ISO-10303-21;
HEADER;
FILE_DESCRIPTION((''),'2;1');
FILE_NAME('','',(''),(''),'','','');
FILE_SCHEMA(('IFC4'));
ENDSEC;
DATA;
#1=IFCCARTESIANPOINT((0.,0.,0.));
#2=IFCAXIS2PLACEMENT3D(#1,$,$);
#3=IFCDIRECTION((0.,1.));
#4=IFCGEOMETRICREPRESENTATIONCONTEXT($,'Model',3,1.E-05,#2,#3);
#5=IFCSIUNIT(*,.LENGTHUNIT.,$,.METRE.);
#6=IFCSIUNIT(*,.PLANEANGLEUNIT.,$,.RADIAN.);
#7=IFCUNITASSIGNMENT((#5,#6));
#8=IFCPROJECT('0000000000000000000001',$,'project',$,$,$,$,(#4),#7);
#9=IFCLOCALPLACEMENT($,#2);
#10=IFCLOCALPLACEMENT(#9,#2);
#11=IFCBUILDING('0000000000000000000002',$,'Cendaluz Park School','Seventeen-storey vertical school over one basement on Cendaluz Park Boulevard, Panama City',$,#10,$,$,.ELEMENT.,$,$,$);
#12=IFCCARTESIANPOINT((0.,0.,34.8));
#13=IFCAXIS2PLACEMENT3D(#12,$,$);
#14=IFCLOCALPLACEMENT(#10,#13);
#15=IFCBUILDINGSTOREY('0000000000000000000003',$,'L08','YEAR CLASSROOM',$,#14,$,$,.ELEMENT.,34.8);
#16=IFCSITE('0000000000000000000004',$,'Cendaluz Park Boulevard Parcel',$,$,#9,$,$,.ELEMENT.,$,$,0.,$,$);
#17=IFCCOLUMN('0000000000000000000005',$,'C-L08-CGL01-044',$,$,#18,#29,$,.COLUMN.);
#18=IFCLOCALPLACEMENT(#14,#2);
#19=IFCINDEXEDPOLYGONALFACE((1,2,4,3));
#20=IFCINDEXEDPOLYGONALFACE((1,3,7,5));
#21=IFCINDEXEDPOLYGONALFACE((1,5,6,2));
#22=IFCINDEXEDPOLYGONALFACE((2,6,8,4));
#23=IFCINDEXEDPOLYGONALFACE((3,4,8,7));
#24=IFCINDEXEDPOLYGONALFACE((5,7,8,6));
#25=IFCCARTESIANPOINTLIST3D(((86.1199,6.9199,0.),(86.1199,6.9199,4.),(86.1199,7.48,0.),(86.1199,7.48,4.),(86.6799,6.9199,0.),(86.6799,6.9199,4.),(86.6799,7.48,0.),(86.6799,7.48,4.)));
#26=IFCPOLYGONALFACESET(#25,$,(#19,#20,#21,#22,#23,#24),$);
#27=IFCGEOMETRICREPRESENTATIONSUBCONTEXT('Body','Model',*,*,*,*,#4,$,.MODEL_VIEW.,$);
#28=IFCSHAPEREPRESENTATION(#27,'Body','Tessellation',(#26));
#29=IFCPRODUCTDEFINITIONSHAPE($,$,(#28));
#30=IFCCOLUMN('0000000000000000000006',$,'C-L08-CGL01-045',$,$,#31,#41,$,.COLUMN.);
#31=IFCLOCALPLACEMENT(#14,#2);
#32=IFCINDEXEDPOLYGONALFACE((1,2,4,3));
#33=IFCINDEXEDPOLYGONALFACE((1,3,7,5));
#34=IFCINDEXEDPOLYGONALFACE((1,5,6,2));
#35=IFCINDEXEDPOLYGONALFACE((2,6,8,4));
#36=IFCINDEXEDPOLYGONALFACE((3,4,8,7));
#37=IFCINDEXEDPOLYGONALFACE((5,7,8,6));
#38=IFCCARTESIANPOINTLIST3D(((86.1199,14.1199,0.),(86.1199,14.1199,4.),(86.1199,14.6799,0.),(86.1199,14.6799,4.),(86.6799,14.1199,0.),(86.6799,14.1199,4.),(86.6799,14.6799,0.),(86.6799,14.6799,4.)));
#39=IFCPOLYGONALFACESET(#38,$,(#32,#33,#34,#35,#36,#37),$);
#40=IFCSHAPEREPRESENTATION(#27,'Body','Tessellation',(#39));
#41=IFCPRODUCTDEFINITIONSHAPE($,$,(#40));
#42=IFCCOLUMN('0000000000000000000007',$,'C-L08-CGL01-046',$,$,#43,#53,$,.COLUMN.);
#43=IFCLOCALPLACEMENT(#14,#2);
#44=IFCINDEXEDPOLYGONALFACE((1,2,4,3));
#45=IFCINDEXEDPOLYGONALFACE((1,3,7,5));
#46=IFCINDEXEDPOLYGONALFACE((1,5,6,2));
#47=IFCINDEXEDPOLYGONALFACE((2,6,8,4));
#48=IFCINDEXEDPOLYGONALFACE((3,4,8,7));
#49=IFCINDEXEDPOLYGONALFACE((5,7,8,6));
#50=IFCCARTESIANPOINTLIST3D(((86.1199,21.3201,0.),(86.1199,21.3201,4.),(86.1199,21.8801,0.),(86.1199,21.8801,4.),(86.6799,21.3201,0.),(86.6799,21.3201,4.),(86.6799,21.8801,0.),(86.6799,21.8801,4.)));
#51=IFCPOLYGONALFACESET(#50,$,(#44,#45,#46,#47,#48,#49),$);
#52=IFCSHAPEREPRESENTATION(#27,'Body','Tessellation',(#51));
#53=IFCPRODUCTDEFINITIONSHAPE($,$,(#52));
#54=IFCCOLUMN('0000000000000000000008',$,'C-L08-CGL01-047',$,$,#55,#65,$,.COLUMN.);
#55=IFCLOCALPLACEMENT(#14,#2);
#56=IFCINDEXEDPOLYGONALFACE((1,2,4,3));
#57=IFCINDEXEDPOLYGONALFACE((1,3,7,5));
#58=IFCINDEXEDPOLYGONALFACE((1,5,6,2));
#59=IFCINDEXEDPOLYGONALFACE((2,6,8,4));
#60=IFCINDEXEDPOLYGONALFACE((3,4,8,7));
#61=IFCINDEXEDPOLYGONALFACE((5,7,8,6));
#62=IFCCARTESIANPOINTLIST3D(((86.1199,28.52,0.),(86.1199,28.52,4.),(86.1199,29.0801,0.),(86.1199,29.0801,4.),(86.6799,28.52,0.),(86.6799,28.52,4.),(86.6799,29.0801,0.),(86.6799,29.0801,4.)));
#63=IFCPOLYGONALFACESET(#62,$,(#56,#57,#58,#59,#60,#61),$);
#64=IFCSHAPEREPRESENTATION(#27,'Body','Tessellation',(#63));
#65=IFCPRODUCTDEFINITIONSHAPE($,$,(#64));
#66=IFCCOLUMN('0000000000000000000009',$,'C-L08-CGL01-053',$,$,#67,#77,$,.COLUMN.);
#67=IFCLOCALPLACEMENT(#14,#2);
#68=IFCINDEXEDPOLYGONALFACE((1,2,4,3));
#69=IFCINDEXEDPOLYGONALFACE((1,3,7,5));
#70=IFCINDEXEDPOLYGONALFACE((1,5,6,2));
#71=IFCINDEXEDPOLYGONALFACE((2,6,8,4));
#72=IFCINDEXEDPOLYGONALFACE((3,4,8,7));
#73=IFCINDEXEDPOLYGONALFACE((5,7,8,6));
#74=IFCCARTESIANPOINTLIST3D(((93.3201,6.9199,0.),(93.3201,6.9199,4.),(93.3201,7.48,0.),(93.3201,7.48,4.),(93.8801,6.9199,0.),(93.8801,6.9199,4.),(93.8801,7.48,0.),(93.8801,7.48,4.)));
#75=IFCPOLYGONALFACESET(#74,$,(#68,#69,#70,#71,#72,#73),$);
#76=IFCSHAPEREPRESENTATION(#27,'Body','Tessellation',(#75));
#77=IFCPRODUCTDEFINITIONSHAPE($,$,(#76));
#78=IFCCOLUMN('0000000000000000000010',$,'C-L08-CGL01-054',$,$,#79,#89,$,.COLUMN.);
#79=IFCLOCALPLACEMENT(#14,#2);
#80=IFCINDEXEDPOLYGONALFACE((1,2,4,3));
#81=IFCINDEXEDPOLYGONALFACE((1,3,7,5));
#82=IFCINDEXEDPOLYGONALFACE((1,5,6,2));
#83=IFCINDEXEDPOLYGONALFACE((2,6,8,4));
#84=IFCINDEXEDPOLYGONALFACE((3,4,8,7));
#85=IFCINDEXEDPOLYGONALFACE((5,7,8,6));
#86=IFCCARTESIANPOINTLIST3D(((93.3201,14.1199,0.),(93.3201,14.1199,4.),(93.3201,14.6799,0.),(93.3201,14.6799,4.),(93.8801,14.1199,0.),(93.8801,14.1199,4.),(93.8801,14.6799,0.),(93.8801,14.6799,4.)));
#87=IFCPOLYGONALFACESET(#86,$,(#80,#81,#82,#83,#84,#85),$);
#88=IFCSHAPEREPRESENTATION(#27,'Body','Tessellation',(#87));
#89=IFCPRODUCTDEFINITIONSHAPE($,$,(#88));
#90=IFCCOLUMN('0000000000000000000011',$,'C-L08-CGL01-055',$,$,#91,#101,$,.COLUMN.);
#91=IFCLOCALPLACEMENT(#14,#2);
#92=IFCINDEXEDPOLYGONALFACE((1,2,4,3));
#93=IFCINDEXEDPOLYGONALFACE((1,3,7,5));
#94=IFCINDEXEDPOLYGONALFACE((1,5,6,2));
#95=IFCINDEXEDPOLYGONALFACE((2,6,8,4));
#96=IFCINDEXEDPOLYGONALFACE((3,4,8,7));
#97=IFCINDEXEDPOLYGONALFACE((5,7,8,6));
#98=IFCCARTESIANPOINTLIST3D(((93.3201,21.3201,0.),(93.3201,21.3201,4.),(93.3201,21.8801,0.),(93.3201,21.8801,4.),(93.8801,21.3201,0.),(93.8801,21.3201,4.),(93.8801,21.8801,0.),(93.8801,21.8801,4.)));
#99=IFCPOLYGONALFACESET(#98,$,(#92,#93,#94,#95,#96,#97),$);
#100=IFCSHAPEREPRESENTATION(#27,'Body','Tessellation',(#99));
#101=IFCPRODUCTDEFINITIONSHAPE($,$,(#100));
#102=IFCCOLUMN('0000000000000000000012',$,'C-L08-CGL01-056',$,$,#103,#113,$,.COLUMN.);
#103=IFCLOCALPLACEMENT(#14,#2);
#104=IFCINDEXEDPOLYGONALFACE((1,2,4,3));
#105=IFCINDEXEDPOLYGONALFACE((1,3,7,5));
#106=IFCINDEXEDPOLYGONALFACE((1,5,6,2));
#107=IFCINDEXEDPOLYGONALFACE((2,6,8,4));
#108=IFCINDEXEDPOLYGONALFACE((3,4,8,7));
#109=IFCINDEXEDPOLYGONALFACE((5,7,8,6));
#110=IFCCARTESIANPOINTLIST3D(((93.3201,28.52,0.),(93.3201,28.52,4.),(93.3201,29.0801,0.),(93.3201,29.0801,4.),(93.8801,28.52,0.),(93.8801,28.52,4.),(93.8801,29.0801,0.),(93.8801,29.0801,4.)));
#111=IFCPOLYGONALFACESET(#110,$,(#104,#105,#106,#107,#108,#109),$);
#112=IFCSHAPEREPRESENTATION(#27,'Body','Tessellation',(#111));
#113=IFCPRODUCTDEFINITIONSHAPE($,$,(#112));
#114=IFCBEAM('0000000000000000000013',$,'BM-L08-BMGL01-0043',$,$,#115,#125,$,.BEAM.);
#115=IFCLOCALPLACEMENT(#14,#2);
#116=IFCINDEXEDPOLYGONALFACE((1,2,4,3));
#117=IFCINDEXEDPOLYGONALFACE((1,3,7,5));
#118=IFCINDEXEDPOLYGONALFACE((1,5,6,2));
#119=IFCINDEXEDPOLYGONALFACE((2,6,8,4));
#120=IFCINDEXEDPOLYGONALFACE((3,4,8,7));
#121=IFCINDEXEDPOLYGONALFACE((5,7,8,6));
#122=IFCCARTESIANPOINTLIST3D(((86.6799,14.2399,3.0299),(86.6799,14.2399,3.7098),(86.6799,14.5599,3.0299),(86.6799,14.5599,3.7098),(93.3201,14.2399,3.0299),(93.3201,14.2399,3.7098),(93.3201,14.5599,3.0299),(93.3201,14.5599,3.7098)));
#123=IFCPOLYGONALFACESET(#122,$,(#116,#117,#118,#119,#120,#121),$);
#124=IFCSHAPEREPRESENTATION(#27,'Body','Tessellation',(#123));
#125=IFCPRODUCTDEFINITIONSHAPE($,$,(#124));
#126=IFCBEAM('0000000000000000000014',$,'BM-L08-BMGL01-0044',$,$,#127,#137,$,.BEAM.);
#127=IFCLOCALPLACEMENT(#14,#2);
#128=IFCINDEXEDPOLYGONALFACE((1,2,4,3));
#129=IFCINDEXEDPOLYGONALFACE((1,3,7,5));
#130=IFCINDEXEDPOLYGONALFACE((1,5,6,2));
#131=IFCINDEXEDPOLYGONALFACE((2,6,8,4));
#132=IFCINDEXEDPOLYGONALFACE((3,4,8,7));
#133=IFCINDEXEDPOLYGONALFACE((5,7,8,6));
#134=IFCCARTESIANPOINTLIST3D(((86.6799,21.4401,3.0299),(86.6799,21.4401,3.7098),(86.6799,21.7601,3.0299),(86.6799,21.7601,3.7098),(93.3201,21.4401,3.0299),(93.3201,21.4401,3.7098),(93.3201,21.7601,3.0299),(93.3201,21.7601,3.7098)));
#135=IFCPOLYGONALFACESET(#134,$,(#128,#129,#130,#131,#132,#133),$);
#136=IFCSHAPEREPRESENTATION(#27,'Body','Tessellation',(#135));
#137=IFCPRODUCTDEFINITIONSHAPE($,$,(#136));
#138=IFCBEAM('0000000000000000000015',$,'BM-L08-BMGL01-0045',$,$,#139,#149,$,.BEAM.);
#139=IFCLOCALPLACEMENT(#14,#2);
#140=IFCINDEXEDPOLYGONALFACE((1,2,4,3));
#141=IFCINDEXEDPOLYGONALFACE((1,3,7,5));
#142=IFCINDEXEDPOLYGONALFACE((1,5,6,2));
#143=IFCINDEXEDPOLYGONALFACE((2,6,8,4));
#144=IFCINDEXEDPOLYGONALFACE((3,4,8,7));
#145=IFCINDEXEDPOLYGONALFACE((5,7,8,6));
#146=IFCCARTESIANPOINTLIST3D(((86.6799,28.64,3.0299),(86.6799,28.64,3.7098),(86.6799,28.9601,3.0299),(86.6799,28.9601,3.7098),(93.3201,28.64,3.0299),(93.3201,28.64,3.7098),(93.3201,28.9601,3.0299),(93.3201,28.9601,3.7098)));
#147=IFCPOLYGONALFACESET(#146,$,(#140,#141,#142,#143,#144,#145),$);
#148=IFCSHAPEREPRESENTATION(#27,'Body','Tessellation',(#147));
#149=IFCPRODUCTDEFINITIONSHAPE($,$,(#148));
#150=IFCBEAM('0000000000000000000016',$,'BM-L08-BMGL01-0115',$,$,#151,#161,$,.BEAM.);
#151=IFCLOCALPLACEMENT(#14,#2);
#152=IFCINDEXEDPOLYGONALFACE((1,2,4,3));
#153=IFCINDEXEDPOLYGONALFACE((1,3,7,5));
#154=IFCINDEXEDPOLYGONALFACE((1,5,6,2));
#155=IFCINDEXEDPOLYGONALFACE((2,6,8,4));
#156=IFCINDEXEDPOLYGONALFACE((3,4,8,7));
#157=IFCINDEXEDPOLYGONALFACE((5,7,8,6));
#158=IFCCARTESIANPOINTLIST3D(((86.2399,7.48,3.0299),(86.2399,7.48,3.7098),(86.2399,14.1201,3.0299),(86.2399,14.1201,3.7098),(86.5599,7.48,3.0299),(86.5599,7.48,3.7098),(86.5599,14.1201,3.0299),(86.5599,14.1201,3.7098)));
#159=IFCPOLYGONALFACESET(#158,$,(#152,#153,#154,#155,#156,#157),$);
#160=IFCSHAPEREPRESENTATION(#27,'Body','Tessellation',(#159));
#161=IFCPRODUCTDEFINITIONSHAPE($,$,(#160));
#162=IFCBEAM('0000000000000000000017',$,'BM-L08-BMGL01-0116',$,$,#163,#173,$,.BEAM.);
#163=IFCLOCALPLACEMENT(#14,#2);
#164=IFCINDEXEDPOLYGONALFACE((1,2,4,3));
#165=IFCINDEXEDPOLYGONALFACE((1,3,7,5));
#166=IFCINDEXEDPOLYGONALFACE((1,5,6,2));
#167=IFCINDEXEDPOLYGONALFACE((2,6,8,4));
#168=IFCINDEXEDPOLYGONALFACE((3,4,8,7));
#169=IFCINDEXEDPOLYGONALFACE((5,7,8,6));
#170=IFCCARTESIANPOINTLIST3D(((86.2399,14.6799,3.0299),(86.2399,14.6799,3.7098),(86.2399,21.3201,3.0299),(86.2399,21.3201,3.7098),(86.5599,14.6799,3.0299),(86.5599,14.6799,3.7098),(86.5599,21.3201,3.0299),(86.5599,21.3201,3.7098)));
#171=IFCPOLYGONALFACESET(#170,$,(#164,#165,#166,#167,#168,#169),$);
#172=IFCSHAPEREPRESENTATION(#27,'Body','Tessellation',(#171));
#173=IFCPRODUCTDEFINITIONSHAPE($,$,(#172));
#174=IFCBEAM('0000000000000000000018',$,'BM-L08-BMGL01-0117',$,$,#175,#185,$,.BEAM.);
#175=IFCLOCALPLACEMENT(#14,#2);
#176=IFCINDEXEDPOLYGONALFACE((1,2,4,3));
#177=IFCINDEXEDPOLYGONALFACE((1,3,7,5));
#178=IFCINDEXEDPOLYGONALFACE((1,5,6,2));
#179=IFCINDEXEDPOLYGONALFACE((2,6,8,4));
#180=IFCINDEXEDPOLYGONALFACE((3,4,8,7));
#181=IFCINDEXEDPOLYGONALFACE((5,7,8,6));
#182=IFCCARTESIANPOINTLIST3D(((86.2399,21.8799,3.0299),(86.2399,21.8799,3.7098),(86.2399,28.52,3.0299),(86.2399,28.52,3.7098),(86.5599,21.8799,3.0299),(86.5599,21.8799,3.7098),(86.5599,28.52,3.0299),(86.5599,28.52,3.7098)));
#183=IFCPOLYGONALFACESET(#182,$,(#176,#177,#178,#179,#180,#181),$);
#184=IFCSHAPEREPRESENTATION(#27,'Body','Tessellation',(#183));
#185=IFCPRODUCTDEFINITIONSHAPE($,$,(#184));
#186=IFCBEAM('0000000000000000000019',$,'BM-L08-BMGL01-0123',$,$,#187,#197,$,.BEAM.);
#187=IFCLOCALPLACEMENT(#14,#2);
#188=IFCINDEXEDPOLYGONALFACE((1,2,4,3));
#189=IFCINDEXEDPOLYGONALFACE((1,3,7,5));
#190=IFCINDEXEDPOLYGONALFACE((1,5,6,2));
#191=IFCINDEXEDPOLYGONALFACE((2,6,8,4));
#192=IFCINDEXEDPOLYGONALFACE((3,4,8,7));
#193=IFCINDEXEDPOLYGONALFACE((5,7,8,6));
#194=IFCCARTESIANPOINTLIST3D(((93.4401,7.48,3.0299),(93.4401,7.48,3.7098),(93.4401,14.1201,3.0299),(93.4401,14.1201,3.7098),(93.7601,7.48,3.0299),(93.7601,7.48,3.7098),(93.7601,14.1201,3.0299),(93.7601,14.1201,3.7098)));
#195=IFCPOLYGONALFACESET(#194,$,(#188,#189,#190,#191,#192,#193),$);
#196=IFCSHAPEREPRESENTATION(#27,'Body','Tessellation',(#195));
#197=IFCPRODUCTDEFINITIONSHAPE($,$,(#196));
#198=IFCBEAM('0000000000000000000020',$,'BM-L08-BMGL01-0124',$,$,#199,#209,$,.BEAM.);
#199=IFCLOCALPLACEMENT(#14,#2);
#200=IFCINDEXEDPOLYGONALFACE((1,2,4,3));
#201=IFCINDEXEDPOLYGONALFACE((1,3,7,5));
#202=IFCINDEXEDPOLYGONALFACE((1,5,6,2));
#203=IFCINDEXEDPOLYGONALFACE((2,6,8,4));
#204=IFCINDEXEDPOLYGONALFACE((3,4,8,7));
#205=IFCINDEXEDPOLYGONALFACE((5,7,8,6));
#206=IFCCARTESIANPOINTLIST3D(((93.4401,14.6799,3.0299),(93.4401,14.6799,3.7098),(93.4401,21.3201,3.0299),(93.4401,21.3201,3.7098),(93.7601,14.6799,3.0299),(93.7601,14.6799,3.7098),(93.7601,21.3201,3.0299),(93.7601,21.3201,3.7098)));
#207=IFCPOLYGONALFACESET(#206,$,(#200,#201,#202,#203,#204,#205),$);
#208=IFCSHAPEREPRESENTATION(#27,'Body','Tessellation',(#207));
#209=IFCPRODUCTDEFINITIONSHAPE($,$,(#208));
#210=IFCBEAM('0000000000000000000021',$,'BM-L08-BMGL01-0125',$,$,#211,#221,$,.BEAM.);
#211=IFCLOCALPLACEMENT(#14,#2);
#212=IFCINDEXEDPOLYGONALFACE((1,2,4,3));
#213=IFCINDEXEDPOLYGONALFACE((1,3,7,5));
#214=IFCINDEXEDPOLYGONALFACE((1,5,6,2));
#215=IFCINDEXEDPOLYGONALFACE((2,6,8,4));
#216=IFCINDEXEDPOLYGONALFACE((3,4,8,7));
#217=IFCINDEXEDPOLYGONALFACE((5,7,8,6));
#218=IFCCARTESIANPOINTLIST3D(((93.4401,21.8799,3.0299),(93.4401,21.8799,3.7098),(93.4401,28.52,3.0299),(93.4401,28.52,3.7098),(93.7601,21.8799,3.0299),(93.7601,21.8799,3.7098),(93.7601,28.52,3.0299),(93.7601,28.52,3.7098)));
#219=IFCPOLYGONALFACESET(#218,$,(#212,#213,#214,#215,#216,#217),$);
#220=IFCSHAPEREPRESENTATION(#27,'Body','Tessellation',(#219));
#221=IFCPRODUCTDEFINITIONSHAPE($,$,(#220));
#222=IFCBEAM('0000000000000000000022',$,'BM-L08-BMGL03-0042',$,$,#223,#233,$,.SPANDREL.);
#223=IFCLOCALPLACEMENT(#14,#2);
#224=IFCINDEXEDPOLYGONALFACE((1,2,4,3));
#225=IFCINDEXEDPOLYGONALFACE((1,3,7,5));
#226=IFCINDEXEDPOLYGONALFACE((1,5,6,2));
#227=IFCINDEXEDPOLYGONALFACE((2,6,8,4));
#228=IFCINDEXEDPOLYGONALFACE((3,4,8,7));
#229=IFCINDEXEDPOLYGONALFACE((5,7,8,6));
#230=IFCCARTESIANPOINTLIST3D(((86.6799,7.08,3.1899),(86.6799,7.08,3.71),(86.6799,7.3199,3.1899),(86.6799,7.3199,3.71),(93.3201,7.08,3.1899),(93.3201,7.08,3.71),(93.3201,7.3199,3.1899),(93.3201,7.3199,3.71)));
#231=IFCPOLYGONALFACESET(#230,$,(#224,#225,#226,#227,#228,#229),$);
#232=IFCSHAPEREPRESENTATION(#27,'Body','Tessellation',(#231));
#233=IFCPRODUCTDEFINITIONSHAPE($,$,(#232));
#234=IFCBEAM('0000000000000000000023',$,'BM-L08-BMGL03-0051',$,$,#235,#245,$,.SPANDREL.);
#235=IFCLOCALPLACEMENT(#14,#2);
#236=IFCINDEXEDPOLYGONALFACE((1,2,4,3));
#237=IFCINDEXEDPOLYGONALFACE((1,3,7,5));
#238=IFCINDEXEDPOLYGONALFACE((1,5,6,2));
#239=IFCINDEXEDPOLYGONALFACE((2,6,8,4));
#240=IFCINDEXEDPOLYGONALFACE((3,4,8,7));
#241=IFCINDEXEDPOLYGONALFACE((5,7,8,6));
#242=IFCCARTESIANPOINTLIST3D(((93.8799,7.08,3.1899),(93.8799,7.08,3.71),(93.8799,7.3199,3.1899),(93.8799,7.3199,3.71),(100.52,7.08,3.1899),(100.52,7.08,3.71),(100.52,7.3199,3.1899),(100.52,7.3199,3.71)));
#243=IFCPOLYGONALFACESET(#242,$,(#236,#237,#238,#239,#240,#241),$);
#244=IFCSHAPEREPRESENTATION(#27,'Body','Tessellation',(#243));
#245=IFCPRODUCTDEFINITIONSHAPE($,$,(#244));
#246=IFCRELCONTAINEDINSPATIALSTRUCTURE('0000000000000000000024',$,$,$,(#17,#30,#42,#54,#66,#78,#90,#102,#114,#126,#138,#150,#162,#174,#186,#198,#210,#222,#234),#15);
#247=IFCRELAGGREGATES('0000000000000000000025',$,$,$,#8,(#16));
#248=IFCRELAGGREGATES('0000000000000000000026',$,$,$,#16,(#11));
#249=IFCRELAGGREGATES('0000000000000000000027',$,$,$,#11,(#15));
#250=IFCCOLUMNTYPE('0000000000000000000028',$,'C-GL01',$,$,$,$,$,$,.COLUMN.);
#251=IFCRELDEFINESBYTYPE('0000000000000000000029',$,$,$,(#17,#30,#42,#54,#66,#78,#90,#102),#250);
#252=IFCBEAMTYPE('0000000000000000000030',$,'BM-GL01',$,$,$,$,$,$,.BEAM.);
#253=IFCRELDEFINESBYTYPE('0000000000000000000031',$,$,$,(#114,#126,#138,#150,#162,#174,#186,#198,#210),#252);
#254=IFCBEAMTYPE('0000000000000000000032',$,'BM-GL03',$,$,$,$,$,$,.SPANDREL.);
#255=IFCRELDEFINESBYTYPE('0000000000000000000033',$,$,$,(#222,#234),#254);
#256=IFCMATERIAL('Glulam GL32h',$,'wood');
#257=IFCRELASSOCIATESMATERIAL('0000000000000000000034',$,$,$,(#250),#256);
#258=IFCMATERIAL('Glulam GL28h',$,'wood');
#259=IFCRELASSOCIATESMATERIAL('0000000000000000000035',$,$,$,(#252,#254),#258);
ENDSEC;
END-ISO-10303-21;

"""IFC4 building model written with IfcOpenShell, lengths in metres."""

from ifc_helpers import new_model, si_unit, direction, frame, origin, origin_2d, place, context, subcontext, project, spatial, rectangle, extrude, material, material_profile, profile_set, type_object, element, save


model = new_model("IFC4")

# Units and contexts
model_context = context("Model", 3, precision=1e-05, world=origin(), true_north=direction((0.0, 1.0)))
body_context = subcontext(model_context, "Body", "Model", "MODEL_VIEW")
ifc_project = project(units=[si_unit("LENGTHUNIT", "METRE"), si_unit("PLANEANGLEUNIT", "RADIAN")], contexts=[model_context])

# Site, building, storey
site_placement = place(None, origin())
site = spatial("IfcSite", under=ifc_project, at=site_placement, Name="Cendaluz Park Boulevard Parcel", CompositionType="ELEMENT", RefElevation=0.0)
building_placement = place(site_placement, origin())
building = spatial("IfcBuilding", under=site, at=building_placement, Name="Cendaluz Park School", Description="Seventeen-storey vertical school over one basement on Cendaluz Park Boulevard, Panama City", CompositionType="ELEMENT")
storey_placement = place(building_placement, frame((0.0, 0.0, 34.8)))
storey = spatial("IfcBuildingStorey", under=building, at=storey_placement, Name="L08", Description="YEAR CLASSROOM", CompositionType="ELEMENT", Elevation=34.8)

# Columns
ifc_material_1 = material(Name="Glulam GL32h", Category="wood")
ifc_material_profile_1 = material_profile(ifc_material_1, rectangle(XDim=0.5601, YDim=0.5601, at=origin_2d()), Name="GL32h 560x560", Category="wood")
ifc_profile_set_1 = profile_set([ifc_material_profile_1], Name="Glulam GL32h")
column_type = type_object("IfcColumnType", Name="C-GL01", PredefinedType="COLUMN", material=ifc_profile_set_1)
for number, where, z_axis, x_axis, name in (
    (1, (86.3999, 7.2, 0.0), (0.0, 0.0, 1.0), (1.0, 0.0, 0.0), "C-L08-CGL01-044"),
    (2, (86.3999, 14.3999, 0.0), (0.0, 0.0, 1.0), (1.0, 0.0, 0.0), "C-L08-CGL01-045"),
    (3, (86.3999, 21.6001, 0.0), (0.0, 0.0, 1.0), (1.0, 0.0, 0.0), "C-L08-CGL01-046"),
    (4, (86.3999, 28.8, 0.0), (0.0, 0.0, 1.0), (1.0, 0.0, 0.0), "C-L08-CGL01-047"),
    (5, (93.6001, 7.2, 0.0), (0.0, 0.0, 1.0), (1.0, 0.0, 0.0), "C-L08-CGL01-053"),
    (6, (93.6001, 14.3999, 0.0), (0.0, 0.0, 1.0), (1.0, 0.0, 0.0), "C-L08-CGL01-054"),
    (7, (93.6001, 21.6001, 0.0), (0.0, 0.0, 1.0), (1.0, 0.0, 0.0), "C-L08-CGL01-055"),
    (8, (93.6001, 28.8, 0.0), (0.0, 0.0, 1.0), (1.0, 0.0, 0.0), "C-L08-CGL01-056"),
):
    element("IfcColumn", number, at=place(storey_placement, frame(where, z_axis=z_axis, x_axis=x_axis)), inside=storey, type_object=column_type, Name=name, PredefinedType="COLUMN", context=body_context, shape_type="SweptSolid", body=[
        extrude(rectangle(XDim=0.5601, YDim=0.5601, at=origin_2d()), origin(), (0.0, 0.0, 1.0), 4.0),
    ])

# Beams
ifc_material_2 = material(Name="Glulam GL28h", Category="wood")
ifc_material_profile_2 = material_profile(ifc_material_2, rectangle(XDim=0.3201, YDim=0.6799, at=origin_2d()), Name="GL28h 320x680", Category="wood")
ifc_profile_set_2 = profile_set([ifc_material_profile_2], Name="Glulam GL28h")
beam_type_1 = type_object("IfcBeamType", Name="BM-GL01", PredefinedType="BEAM", material=ifc_profile_set_2)
for number, where, z_axis, x_axis, name in (
    (9, (86.6799, 14.3999, 3.3699), (1.0, 0.0, 0.0), (0.0, 1.0, 0.0), "BM-L08-BMGL01-0043"),
    (10, (86.6799, 21.6001, 3.3699), (1.0, 0.0, 0.0), (0.0, 1.0, 0.0), "BM-L08-BMGL01-0044"),
    (11, (86.6799, 28.8, 3.3699), (1.0, 0.0, 0.0), (0.0, 1.0, 0.0), "BM-L08-BMGL01-0045"),
    (12, (86.3999, 7.48, 3.3699), (0.0, 1.0, 0.0), (-1.0, 0.0, 0.0), "BM-L08-BMGL01-0115"),
    (13, (86.3999, 14.6799, 3.3699), (0.0, 1.0, 0.0), (-1.0, 0.0, 0.0), "BM-L08-BMGL01-0116"),
    (14, (86.3999, 21.8799, 3.3699), (0.0, 1.0, 0.0), (-1.0, 0.0, 0.0), "BM-L08-BMGL01-0117"),
    (15, (93.6001, 7.48, 3.3699), (0.0, 1.0, 0.0), (-1.0, 0.0, 0.0), "BM-L08-BMGL01-0123"),
    (16, (93.6001, 14.6799, 3.3699), (0.0, 1.0, 0.0), (-1.0, 0.0, 0.0), "BM-L08-BMGL01-0124"),
    (17, (93.6001, 21.8799, 3.3699), (0.0, 1.0, 0.0), (-1.0, 0.0, 0.0), "BM-L08-BMGL01-0125"),
):
    element("IfcBeam", number, at=place(storey_placement, frame(where, z_axis=z_axis, x_axis=x_axis)), inside=storey, type_object=beam_type_1, Name=name, PredefinedType="BEAM", context=body_context, shape_type="SweptSolid", body=[
        extrude(rectangle(XDim=0.3201, YDim=0.6799, at=origin_2d()), origin(), (0.0, 0.0, 1.0), 6.6401),
    ])
ifc_material_profile_3 = material_profile(ifc_material_2, rectangle(XDim=0.24, YDim=0.52, at=origin_2d()), Name="GL28h 240x520", Category="wood")
ifc_profile_set_3 = profile_set([ifc_material_profile_3], Name="Glulam GL28h")
beam_type_2 = type_object("IfcBeamType", Name="BM-GL03", PredefinedType="SPANDREL", material=ifc_profile_set_3)
for number, where, z_axis, x_axis, name in (
    (18, (86.6799, 7.2, 3.45), (1.0, 0.0, 0.0), (0.0, 1.0, 0.0), "BM-L08-BMGL03-0042"),
    (19, (93.8799, 7.2, 3.45), (1.0, 0.0, 0.0), (0.0, 1.0, 0.0), "BM-L08-BMGL03-0051"),
):
    element("IfcBeam", number, at=place(storey_placement, frame(where, z_axis=z_axis, x_axis=x_axis)), inside=storey, type_object=beam_type_2, Name=name, PredefinedType="SPANDREL", context=body_context, shape_type="SweptSolid", body=[
        extrude(rectangle(XDim=0.24, YDim=0.52, at=origin_2d()), origin(), (0.0, 0.0, 1.0), 6.6401),
    ])

save(model, "model.ifc")
